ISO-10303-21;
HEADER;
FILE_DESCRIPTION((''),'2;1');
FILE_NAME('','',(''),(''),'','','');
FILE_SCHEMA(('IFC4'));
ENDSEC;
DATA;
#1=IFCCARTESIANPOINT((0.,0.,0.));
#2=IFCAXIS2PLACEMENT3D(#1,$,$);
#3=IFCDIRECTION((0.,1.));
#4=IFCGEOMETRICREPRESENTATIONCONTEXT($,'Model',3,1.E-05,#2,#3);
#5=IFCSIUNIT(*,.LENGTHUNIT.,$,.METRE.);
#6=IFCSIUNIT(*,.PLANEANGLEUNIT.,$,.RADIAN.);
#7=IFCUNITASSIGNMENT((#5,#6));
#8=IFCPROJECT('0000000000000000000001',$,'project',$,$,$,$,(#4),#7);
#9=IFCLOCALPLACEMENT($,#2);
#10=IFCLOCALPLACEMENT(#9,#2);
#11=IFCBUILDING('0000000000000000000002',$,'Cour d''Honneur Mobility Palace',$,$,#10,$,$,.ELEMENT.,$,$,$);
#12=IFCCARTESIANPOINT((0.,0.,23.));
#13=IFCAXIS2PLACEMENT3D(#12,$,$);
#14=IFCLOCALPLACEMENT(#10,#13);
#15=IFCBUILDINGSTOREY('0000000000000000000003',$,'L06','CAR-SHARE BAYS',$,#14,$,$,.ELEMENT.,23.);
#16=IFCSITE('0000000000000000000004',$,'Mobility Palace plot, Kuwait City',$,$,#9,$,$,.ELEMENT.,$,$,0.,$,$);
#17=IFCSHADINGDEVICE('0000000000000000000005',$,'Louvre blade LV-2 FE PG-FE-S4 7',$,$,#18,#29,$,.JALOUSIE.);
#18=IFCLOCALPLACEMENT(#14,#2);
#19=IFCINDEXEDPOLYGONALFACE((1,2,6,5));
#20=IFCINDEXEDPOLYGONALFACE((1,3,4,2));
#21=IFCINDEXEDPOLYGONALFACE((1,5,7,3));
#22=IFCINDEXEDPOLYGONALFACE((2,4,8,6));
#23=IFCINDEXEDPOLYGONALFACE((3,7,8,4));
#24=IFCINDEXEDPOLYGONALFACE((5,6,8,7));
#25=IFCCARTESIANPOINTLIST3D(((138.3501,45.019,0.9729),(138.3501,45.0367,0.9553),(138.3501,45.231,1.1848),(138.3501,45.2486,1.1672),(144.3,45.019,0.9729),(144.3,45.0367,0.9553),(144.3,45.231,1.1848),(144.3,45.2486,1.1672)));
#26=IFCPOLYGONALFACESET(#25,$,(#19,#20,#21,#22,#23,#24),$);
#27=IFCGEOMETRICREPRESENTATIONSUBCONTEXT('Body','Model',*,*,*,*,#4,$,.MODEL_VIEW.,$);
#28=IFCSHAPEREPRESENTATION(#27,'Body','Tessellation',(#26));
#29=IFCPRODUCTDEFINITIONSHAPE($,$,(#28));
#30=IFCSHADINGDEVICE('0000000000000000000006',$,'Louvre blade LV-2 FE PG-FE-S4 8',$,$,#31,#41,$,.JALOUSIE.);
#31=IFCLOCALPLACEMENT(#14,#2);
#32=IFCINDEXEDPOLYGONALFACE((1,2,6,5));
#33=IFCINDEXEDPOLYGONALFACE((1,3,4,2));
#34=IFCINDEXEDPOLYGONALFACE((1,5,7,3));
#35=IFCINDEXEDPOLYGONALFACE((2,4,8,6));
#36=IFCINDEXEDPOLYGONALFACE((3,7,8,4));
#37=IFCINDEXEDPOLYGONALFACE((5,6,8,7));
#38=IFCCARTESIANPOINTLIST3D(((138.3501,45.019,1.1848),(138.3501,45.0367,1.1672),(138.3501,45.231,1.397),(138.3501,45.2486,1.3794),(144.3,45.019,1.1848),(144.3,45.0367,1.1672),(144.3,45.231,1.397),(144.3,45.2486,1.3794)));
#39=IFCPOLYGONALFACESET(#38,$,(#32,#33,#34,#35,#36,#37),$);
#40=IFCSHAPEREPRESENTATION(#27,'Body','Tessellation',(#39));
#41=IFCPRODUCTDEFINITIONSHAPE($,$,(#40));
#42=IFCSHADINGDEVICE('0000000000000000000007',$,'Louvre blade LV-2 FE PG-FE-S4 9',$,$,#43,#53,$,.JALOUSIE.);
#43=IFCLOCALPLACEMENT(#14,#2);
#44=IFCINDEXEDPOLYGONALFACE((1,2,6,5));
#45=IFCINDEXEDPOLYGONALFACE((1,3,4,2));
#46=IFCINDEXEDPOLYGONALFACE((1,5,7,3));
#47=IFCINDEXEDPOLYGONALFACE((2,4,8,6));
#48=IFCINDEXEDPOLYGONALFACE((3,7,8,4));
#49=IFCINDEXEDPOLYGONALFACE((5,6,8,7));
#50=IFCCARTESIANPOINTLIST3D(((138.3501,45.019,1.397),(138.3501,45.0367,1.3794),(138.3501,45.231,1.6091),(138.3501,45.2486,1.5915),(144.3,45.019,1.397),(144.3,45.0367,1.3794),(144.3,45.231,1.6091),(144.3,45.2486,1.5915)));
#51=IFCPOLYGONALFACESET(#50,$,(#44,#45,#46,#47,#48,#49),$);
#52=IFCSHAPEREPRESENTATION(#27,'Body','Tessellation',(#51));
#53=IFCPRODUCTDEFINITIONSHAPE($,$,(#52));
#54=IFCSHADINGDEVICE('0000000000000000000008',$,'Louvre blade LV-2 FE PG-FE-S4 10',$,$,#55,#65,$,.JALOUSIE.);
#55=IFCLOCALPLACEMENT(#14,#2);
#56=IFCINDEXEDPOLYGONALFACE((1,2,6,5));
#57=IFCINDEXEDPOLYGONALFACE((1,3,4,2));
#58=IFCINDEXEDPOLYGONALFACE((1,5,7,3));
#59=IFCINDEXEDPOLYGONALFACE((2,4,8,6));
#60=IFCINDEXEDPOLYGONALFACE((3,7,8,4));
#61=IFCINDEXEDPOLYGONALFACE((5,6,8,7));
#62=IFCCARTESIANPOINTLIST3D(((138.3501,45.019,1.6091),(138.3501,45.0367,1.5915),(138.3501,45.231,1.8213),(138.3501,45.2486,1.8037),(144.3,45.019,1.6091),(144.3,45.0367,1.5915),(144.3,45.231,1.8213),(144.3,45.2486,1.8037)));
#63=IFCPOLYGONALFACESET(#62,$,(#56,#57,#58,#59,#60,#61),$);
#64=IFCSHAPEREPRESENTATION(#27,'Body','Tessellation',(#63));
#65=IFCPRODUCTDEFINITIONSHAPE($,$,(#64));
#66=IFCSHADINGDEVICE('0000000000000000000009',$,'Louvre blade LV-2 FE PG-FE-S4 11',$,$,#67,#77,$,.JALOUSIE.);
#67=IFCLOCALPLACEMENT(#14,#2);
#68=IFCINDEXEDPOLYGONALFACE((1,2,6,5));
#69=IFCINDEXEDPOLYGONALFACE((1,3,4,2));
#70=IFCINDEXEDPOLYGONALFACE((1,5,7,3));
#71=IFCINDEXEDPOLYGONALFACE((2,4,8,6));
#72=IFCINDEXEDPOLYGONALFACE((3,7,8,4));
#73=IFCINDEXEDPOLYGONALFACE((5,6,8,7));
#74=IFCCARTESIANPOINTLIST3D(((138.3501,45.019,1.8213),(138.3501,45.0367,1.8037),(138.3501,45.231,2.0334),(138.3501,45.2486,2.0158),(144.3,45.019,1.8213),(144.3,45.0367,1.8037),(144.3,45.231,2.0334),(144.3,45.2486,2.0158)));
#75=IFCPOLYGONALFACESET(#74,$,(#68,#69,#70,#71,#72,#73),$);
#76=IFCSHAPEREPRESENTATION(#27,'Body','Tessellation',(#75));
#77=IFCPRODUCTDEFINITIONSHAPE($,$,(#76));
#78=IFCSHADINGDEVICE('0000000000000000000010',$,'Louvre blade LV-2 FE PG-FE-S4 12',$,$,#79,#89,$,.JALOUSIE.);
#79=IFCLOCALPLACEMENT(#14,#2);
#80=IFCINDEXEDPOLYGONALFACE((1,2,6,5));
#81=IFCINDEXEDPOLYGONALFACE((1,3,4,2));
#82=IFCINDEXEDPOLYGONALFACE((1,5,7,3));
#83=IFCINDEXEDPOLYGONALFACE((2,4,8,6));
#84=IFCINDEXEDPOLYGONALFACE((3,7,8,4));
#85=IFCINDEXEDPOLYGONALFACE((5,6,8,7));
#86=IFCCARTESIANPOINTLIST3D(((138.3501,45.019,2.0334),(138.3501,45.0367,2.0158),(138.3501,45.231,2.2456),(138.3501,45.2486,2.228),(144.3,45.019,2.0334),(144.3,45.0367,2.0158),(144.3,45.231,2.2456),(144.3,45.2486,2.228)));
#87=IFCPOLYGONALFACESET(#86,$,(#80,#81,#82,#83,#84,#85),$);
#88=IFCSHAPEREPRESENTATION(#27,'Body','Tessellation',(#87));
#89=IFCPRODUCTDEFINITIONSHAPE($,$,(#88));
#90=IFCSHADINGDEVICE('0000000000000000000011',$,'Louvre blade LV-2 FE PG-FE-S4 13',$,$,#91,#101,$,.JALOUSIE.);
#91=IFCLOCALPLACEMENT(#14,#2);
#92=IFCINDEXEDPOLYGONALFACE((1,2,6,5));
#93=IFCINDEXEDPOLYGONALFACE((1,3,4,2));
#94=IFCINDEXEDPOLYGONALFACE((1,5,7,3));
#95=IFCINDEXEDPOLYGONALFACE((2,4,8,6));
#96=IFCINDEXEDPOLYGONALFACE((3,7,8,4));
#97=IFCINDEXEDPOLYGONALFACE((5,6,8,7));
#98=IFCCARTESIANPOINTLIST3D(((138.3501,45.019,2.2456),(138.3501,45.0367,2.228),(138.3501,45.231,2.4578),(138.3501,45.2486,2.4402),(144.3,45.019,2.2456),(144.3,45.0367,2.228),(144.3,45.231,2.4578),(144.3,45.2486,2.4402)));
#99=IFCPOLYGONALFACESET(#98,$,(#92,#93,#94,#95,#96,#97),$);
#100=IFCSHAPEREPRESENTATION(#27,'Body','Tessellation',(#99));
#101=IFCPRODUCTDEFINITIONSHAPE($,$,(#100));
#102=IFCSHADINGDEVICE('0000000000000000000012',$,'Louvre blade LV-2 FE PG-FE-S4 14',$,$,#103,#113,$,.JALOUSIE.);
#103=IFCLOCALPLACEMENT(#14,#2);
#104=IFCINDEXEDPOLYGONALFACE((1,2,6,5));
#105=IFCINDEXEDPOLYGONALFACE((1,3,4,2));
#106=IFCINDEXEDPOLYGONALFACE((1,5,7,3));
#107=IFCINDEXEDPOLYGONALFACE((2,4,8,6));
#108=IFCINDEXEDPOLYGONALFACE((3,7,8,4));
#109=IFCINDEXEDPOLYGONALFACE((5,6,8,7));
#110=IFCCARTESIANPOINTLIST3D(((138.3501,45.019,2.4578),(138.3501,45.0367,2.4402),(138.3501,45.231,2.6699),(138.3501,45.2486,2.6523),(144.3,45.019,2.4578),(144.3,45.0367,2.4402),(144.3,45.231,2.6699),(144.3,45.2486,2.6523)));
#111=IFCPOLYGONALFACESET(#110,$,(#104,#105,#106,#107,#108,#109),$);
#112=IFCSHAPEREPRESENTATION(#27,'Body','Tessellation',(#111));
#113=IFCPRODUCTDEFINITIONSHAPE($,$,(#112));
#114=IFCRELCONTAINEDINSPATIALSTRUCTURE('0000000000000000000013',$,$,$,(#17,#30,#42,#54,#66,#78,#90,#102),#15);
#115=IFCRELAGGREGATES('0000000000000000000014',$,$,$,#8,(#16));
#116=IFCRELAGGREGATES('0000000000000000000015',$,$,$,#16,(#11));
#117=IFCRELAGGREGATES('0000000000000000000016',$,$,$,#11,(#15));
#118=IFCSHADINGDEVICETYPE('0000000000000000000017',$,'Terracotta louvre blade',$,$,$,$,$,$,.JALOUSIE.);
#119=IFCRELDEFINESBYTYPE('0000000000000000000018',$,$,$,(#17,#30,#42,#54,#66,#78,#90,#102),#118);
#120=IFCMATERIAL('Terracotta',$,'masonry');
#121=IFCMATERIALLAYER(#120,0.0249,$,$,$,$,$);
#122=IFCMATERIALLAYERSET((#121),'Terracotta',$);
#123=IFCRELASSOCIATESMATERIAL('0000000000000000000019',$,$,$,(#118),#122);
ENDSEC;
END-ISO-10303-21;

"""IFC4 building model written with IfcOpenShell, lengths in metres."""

from ifc_helpers import new_model, si_unit, direction, frame, origin, place, context, subcontext, project, spatial, polyline, outline, extrude, material, layer, layer_set, type_object, element, save


model = new_model("IFC4")

# Units and contexts
model_context = context("Model", 3, precision=1e-05, world=origin(), true_north=direction((0.0, 1.0)))
body_context = subcontext(model_context, "Body", "Model", "MODEL_VIEW")
ifc_project = project(units=[si_unit("LENGTHUNIT", "METRE"), si_unit("PLANEANGLEUNIT", "RADIAN")], contexts=[model_context])

# Site, building, storey
site_placement = place(None, origin())
site = spatial("IfcSite", under=ifc_project, at=site_placement, Name="Mobility Palace plot, Kuwait City", CompositionType="ELEMENT", RefElevation=0.0)
building_placement = place(site_placement, origin())
building = spatial("IfcBuilding", under=site, at=building_placement, Name="Cour d'Honneur Mobility Palace", CompositionType="ELEMENT")
storey_placement = place(building_placement, frame((0.0, 0.0, 23.0)))
storey = spatial("IfcBuildingStorey", under=building, at=storey_placement, Name="L06", Description="CAR-SHARE BAYS", CompositionType="ELEMENT", Elevation=23.0)

# Shading devices
ifc_material_1 = material(Name="Terracotta", Category="masonry")
ifc_layer = layer(ifc_material_1, 0.0249)
ifc_layer_set = layer_set([ifc_layer], Name="Terracotta")
shading_device_type = type_object("IfcShadingDeviceType", Name="Terracotta louvre blade", PredefinedType="JALOUSIE", material=ifc_layer_set)
shading_device_1_placement = place(storey_placement, frame((138.3501, 45.019, 0.9729), z_axis=(0.0, -0.707107, 0.707107), x_axis=(1.0, 0.0, 0.0)))
element("IfcShadingDevice", 1, at=shading_device_1_placement, inside=storey, type_object=shading_device_type, Name="Louvre blade LV-2 FE PG-FE-S4 7", PredefinedType="JALOUSIE", context=body_context, shape_type="SweptSolid", body=[
    extrude(outline(polyline([(0.0, 0.0), (5.95, 0.0), (5.95, 0.2997), (0.0, 0.2997), (0.0, 0.0)])), origin(), (0.0, 0.0, -1.0), 0.0249),
])
for number, where, z_axis, x_axis, name in (
    (2, (138.3501, 45.019, 1.1848), (0.0, -0.707514, 0.7067), (1.0, 0.0, 0.0), "Louvre blade LV-2 FE PG-FE-S4 8"),
    (3, (138.3501, 45.019, 1.397), (0.0, -0.707514, 0.7067), (1.0, 0.0, 0.0), "Louvre blade LV-2 FE PG-FE-S4 9"),
    (4, (138.3501, 45.019, 1.6091), (0.0, -0.707514, 0.7067), (1.0, 0.0, 0.0), "Louvre blade LV-2 FE PG-FE-S4 10"),
    (5, (138.3501, 45.019, 1.8213), (0.0, -0.707514, 0.7067), (1.0, 0.0, 0.0), "Louvre blade LV-2 FE PG-FE-S4 11"),
    (6, (138.3501, 45.019, 2.0334), (0.0, -0.707514, 0.7067), (1.0, 0.0, 0.0), "Louvre blade LV-2 FE PG-FE-S4 12"),
    (7, (138.3501, 45.019, 2.2456), (0.0, -0.707514, 0.7067), (1.0, 0.0, 0.0), "Louvre blade LV-2 FE PG-FE-S4 13"),
    (8, (138.3501, 45.019, 2.4578), (0.0, -0.707514, 0.7067), (1.0, 0.0, 0.0), "Louvre blade LV-2 FE PG-FE-S4 14"),
):
    element("IfcShadingDevice", number, at=place(storey_placement, frame(where, z_axis=z_axis, x_axis=x_axis)), inside=storey, type_object=shading_device_type, Name=name, PredefinedType="JALOUSIE", context=body_context, shape_type="SweptSolid", body=[
        extrude(outline(polyline([(0.0, 0.0), (5.95, 0.0), (5.95, 0.2999), (0.0, 0.2999), (0.0, 0.0)])), origin(), (0.0, 0.0, -1.0), 0.0249),
    ])

save(model, "model.ifc")
